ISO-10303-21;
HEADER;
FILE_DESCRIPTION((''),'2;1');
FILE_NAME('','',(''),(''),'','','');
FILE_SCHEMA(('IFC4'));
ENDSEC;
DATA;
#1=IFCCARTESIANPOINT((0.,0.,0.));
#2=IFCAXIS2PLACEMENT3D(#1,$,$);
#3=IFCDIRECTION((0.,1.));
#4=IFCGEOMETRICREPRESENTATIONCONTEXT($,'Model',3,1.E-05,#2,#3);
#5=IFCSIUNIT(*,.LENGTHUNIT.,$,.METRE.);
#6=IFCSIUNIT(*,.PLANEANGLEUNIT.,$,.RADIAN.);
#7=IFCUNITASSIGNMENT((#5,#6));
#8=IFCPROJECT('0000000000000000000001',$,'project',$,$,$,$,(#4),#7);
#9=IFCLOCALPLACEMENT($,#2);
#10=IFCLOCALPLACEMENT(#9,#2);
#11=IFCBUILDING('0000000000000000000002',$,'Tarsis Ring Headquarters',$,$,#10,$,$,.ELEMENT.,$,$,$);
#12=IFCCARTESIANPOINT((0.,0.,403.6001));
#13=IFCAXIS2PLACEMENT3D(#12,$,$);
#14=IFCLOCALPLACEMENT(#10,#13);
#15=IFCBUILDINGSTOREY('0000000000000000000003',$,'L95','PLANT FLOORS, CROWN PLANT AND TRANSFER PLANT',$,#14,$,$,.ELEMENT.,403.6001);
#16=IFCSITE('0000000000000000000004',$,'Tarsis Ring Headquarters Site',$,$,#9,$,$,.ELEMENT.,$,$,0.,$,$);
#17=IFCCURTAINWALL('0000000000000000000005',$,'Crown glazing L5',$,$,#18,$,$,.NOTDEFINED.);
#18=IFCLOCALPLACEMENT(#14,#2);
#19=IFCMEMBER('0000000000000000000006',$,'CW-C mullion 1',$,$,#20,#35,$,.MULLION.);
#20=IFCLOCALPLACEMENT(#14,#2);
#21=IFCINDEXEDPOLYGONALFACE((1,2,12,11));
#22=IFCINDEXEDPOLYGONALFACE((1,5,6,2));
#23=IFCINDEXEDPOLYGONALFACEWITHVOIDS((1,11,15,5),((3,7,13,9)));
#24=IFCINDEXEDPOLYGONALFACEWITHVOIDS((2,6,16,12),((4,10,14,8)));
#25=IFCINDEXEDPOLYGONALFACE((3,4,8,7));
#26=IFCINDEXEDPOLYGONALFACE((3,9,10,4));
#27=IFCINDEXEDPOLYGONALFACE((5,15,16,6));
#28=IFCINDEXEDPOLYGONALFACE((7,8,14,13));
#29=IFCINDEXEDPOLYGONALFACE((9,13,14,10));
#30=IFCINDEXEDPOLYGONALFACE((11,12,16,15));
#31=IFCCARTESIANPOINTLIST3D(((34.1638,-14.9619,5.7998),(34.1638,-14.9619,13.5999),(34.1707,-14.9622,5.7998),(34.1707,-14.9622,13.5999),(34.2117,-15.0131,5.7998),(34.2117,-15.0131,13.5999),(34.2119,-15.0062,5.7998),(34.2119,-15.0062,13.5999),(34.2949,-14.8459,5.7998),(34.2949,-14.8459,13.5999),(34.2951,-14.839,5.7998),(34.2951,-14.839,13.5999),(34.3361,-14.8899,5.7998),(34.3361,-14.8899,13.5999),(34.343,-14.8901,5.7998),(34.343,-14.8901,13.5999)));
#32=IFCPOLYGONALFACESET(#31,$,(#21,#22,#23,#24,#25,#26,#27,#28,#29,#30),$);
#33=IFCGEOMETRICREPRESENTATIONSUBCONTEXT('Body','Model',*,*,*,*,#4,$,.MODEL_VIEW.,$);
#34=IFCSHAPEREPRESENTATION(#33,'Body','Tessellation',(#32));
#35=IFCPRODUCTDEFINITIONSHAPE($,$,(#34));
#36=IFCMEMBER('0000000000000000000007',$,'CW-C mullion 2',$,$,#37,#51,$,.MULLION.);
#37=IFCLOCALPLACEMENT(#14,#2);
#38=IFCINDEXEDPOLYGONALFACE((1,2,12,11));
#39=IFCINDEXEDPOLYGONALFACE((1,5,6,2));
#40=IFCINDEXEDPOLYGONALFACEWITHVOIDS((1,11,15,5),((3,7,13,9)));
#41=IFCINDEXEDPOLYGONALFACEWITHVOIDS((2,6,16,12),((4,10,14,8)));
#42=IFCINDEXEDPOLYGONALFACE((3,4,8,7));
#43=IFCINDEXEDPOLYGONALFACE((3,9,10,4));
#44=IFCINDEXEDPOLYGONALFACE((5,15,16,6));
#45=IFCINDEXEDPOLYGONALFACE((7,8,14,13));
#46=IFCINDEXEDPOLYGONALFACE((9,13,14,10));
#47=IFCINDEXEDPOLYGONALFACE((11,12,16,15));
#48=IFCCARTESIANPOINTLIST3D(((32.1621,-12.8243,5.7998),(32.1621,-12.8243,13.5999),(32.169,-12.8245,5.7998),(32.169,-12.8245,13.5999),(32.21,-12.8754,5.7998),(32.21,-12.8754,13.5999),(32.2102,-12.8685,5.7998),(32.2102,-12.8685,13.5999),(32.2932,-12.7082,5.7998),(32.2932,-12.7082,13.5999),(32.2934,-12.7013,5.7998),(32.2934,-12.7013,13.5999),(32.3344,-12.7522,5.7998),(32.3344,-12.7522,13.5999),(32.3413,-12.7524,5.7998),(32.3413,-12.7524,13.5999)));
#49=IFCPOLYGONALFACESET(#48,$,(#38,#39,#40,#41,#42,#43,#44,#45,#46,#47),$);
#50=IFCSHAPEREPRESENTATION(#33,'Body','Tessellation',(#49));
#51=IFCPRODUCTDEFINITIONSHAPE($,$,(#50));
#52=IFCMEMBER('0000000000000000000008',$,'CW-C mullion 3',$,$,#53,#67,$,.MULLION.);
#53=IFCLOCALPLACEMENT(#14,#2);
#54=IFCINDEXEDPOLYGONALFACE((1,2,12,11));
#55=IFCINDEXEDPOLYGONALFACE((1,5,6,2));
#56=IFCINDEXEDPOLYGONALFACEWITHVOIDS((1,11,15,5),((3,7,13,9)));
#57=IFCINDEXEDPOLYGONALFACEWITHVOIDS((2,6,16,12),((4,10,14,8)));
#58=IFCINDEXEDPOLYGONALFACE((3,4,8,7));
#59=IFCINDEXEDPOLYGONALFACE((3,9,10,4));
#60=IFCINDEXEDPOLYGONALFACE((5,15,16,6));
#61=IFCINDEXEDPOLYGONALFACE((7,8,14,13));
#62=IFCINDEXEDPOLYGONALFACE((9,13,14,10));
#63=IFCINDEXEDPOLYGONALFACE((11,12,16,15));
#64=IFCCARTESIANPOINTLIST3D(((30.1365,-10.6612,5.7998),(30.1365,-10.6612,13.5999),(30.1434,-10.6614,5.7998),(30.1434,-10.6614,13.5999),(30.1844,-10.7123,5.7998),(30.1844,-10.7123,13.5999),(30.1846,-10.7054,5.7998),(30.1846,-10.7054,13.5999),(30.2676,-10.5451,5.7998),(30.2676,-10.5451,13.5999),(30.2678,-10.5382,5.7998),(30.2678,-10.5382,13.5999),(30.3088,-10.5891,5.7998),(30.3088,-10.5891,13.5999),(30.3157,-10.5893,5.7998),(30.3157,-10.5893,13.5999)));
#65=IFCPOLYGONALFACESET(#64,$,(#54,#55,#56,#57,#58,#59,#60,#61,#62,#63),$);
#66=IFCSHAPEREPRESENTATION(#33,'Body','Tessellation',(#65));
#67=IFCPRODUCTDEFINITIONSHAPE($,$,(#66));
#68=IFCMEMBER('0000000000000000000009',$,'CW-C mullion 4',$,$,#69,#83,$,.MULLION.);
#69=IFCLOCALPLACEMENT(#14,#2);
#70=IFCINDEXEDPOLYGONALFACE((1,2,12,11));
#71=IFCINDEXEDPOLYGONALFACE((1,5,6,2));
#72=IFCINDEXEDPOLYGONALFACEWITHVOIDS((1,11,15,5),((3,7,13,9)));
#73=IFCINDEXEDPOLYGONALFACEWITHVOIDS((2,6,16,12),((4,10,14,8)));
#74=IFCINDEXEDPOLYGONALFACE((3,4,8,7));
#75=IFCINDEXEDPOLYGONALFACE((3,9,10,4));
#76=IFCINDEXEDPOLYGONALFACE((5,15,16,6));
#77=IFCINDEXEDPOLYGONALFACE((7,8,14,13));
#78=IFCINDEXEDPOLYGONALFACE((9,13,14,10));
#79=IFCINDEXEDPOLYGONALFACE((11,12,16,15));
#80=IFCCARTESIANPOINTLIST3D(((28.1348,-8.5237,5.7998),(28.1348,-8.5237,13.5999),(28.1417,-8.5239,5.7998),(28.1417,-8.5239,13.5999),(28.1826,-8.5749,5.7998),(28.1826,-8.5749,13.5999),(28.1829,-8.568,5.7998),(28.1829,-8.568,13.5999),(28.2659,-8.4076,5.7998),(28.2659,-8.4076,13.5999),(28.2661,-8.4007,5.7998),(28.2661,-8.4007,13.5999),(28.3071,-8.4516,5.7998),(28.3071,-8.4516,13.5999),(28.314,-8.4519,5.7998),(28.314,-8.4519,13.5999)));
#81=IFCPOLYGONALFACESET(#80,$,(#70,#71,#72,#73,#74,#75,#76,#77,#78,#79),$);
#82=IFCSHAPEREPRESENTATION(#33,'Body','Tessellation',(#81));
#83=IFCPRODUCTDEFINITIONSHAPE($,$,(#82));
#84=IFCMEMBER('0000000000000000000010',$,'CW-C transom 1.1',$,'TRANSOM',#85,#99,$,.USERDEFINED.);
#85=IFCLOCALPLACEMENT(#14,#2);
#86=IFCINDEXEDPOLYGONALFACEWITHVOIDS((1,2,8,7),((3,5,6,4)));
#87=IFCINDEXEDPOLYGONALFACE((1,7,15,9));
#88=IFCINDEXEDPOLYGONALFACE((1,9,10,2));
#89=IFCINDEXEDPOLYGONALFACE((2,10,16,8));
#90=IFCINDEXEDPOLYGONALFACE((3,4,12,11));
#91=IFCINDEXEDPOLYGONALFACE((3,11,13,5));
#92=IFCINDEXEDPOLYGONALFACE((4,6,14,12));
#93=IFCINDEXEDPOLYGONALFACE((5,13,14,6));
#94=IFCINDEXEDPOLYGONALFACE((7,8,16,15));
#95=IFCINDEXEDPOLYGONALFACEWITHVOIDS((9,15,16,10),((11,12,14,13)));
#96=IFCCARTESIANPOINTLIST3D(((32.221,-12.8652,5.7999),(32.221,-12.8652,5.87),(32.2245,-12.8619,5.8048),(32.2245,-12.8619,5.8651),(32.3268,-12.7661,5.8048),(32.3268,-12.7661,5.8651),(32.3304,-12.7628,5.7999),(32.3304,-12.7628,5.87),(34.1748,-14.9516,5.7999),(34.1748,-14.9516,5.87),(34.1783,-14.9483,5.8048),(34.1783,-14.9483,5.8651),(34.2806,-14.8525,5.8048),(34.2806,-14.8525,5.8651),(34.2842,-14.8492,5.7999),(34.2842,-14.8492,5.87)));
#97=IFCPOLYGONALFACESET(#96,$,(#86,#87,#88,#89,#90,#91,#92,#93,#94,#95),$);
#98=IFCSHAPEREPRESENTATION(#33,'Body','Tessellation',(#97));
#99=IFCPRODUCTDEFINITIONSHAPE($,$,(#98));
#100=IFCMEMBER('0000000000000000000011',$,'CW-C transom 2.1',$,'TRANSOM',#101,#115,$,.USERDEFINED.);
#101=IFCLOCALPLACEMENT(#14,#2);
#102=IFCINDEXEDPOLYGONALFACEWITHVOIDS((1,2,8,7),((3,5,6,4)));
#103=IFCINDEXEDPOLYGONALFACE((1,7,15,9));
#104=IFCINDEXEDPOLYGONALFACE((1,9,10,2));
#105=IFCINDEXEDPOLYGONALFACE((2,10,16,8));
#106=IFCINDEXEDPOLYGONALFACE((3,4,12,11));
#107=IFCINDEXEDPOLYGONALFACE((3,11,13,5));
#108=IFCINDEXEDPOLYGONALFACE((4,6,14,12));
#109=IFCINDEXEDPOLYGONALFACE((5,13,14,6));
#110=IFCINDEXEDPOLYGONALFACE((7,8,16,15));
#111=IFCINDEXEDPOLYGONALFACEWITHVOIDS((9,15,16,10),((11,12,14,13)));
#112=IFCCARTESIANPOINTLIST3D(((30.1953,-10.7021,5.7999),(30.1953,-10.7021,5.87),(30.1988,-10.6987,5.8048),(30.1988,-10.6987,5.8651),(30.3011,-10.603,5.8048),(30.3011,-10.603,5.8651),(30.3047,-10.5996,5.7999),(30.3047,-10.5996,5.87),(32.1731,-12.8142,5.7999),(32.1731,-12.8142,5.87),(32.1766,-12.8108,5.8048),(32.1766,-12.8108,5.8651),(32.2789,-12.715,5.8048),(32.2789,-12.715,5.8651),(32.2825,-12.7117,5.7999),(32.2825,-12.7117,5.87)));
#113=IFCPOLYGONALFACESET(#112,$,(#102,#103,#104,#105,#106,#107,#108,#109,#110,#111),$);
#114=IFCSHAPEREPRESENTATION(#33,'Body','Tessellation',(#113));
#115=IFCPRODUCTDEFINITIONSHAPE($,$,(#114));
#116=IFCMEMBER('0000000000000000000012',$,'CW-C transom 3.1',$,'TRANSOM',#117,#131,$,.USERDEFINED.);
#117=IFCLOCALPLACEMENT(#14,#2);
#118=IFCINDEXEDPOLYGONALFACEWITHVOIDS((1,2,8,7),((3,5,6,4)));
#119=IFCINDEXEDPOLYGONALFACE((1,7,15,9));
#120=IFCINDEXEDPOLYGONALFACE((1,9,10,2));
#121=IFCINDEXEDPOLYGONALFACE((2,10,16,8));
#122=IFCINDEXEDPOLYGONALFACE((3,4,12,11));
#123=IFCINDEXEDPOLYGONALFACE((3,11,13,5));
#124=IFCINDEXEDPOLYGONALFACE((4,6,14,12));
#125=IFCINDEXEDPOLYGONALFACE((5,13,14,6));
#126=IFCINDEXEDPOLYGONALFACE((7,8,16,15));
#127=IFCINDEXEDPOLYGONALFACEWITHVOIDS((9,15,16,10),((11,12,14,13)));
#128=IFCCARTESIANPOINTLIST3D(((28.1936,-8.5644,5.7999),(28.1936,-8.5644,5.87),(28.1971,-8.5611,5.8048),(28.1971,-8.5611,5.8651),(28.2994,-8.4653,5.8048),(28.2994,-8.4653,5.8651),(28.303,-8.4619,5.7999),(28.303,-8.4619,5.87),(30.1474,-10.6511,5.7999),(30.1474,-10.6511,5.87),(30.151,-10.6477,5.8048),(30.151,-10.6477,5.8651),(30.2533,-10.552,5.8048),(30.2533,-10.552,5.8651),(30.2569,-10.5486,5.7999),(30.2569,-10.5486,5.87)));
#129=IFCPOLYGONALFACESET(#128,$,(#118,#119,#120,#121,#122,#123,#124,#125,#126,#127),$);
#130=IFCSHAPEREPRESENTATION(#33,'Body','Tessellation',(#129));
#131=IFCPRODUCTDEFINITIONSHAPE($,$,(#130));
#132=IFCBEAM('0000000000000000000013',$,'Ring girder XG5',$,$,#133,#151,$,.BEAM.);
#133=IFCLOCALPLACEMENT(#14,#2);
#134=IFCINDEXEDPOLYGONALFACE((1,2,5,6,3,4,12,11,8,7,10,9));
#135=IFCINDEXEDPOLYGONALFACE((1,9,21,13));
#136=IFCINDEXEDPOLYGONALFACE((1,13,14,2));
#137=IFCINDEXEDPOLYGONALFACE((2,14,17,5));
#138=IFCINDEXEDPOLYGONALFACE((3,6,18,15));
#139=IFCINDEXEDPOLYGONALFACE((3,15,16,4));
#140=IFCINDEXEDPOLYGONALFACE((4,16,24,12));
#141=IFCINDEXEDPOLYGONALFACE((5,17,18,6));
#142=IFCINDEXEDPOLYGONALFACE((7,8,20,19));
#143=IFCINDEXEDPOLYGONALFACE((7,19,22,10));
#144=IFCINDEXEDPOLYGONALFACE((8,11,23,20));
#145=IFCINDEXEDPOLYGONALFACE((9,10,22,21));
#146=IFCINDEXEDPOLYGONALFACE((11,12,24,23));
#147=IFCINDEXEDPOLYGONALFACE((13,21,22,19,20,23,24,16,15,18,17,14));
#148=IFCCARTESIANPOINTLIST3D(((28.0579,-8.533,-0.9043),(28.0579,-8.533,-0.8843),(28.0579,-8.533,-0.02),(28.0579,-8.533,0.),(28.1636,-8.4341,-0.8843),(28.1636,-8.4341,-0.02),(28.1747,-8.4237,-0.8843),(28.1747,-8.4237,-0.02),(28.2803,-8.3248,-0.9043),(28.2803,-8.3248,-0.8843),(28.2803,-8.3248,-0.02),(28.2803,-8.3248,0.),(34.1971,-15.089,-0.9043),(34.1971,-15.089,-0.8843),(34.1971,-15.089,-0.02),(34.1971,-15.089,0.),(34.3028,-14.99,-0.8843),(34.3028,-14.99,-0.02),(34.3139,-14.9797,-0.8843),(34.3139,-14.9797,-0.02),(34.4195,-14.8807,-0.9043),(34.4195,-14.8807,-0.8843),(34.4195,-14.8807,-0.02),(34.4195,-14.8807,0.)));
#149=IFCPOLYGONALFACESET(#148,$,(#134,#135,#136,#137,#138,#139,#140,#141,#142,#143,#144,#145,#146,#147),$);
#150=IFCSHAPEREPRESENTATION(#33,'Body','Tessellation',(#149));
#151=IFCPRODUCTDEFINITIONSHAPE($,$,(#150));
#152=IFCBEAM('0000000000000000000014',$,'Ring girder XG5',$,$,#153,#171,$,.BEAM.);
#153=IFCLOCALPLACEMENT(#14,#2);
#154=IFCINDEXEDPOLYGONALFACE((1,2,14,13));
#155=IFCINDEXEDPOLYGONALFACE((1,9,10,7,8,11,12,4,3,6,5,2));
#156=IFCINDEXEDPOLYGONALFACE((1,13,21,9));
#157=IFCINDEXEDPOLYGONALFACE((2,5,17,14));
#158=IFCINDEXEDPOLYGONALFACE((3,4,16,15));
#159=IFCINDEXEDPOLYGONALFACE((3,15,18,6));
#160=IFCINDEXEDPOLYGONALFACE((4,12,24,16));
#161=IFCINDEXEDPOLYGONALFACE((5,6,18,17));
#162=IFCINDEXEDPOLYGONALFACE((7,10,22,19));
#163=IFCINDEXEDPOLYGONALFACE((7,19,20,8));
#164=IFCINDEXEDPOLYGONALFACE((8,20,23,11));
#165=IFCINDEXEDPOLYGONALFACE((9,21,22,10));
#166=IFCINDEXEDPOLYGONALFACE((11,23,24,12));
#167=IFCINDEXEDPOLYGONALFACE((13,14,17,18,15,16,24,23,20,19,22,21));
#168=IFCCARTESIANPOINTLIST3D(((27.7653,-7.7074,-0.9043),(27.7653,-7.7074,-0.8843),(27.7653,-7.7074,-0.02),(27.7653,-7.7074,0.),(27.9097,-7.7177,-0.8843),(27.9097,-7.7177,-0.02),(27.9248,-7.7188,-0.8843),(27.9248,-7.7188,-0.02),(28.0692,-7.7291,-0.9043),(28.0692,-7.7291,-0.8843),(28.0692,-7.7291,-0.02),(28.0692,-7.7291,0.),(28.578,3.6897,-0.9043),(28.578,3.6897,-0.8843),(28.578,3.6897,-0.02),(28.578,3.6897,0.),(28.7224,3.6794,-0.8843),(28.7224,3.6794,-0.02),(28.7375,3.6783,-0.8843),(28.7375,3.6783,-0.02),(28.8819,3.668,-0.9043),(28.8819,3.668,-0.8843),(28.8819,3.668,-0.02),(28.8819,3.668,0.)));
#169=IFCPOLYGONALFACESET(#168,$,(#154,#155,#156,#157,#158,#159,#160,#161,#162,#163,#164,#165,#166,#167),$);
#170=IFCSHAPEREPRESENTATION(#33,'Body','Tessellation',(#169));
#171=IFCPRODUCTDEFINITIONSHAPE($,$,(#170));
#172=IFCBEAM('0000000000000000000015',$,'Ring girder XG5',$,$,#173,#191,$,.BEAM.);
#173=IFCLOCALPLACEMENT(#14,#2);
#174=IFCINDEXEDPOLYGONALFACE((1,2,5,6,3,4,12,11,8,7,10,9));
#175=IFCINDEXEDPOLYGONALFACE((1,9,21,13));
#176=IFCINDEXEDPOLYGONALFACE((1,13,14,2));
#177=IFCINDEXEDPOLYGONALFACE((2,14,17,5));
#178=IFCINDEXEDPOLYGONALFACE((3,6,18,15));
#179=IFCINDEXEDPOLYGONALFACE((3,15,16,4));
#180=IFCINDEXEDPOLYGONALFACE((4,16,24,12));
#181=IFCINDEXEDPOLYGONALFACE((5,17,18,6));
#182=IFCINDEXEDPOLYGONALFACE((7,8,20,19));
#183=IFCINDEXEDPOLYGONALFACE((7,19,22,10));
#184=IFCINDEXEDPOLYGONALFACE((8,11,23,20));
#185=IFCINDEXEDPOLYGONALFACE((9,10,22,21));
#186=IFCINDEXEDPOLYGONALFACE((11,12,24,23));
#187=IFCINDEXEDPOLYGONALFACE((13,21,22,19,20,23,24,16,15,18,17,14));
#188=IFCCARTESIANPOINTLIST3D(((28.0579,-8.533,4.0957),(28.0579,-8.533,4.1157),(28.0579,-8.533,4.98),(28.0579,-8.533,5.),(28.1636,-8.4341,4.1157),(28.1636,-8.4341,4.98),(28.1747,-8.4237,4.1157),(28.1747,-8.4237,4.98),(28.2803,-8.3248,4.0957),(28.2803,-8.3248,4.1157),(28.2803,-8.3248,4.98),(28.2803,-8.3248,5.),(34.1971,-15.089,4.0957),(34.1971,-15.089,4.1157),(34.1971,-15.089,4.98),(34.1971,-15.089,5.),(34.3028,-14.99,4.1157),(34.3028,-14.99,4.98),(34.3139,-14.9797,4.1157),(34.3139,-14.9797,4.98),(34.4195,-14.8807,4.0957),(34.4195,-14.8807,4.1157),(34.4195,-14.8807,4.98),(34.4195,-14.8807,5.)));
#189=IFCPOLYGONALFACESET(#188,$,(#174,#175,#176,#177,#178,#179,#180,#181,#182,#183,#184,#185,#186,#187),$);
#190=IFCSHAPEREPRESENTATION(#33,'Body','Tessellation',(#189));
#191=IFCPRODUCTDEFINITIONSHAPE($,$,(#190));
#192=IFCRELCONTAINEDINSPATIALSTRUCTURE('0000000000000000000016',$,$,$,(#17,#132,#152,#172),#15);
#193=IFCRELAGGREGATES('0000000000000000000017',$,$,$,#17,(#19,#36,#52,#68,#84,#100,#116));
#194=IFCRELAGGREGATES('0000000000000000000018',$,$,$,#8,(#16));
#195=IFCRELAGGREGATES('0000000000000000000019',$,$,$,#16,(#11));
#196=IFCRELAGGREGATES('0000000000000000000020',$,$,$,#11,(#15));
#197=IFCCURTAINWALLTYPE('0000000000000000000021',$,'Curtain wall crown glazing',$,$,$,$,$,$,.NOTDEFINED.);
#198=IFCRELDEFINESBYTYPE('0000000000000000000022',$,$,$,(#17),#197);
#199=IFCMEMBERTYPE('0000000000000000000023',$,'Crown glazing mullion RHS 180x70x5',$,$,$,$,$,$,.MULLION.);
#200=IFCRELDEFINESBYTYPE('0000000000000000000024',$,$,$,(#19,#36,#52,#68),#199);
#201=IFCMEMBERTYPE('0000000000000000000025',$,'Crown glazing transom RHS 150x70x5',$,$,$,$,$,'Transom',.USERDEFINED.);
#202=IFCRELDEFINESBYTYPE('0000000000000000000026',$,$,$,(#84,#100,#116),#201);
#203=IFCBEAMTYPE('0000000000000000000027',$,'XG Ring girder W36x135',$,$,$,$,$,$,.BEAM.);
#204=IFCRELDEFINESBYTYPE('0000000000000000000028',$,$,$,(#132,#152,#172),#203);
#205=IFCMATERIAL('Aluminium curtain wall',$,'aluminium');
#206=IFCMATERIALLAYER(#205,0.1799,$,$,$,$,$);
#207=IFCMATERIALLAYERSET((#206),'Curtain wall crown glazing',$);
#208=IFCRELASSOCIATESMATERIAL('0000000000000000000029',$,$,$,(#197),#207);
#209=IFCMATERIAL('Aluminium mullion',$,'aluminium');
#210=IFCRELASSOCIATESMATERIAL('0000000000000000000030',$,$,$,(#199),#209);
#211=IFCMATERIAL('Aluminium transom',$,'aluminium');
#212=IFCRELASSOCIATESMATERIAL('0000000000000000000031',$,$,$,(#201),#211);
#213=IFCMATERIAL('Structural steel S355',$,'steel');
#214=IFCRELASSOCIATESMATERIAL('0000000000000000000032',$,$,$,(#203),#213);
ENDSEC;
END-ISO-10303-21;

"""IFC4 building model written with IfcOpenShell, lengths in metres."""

from ifc_helpers import new_model, si_unit, direction, frame, origin, origin_2d, place, context, subcontext, project, spatial, hollow_rectangle, i_section, extrude, material, layer, layer_set, material_profile, profile_set, type_object, element, aggregate, save


model = new_model("IFC4")

# Units and contexts
model_context = context("Model", 3, precision=1e-05, world=origin(), true_north=direction((0.0, 1.0)))
body_context = subcontext(model_context, "Body", "Model", "MODEL_VIEW")
ifc_project = project(units=[si_unit("LENGTHUNIT", "METRE"), si_unit("PLANEANGLEUNIT", "RADIAN")], contexts=[model_context])

# Site, building, storey
site_placement = place(None, origin())
site = spatial("IfcSite", under=ifc_project, at=site_placement, Name="Tarsis Ring Headquarters Site", CompositionType="ELEMENT", RefElevation=0.0)
building_placement = place(site_placement, origin())
building = spatial("IfcBuilding", under=site, at=building_placement, Name="Tarsis Ring Headquarters", CompositionType="ELEMENT")
storey_placement = place(building_placement, frame((0.0, 0.0, 403.6001)))
storey = spatial("IfcBuildingStorey", under=building, at=storey_placement, Name="L95", Description="PLANT FLOORS, CROWN PLANT AND TRANSFER PLANT", CompositionType="ELEMENT", Elevation=403.6001)

# Shared definitions
ifc_material_1 = material(Name="Structural steel S355", Category="steel")

# Curtain wall, members
ifc_material_2 = material(Name="Aluminium curtain wall", Category="aluminium")
ifc_layer_1 = layer(ifc_material_2, 0.1799)
ifc_layer_set_1 = layer_set([ifc_layer_1], Name="Curtain wall crown glazing")
curtain_wall_type = type_object("IfcCurtainWallType", Name="Curtain wall crown glazing", PredefinedType="NOTDEFINED", material=ifc_layer_set_1)
curtain_wall_placement = place(storey_placement, origin())
curtain_wall = element("IfcCurtainWall", 1, at=curtain_wall_placement, inside=storey, type_object=curtain_wall_type, Name="Crown glazing L5", PredefinedType="NOTDEFINED")
ifc_material_3 = material(Name="Aluminium mullion", Category="aluminium")
ifc_material_profile_1 = material_profile(ifc_material_3, hollow_rectangle(XDim=0.1799, YDim=0.0701, WallThickness=0.0049, at=origin_2d()), Name="RHS 180x70x5")
ifc_profile_set_1 = profile_set([ifc_material_profile_1], Name="Aluminium mullion")
member_type_1 = type_object("IfcMemberType", Name="Crown glazing mullion RHS 180x70x5", PredefinedType="MULLION", material=ifc_profile_set_1)
member_1_placement = place(storey_placement, frame((34.2534, -14.926, 5.7998), z_axis=(0.0, 0.0, 1.0), x_axis=(-0.729924, -0.683529, 0.0)))
member_1 = element("IfcMember", 2, at=member_1_placement, type_object=member_type_1, Name="CW-C mullion 1", PredefinedType="MULLION", context=body_context, shape_type="SweptSolid", body=[
    extrude(hollow_rectangle(XDim=0.1799, YDim=0.0701, WallThickness=0.0049, at=origin_2d()), origin(), (0.0, 0.0, 1.0), 7.8),
])
member_2_placement = place(storey_placement, frame((32.2517, -12.7883, 5.7998), z_axis=(0.0, 0.0, 1.0), x_axis=(-0.729924, -0.683529, 0.0)))
member_2 = element("IfcMember", 3, at=member_2_placement, type_object=member_type_1, Name="CW-C mullion 2", PredefinedType="MULLION", context=body_context, shape_type="SweptSolid", body=[
    extrude(hollow_rectangle(XDim=0.1799, YDim=0.0701, WallThickness=0.0049, at=origin_2d()), origin(), (0.0, 0.0, 1.0), 7.8),
])
member_3_placement = place(storey_placement, frame((30.2261, -10.6252, 5.7998), z_axis=(0.0, 0.0, 1.0), x_axis=(-0.729924, -0.683529, 0.0)))
member_3 = element("IfcMember", 4, at=member_3_placement, type_object=member_type_1, Name="CW-C mullion 3", PredefinedType="MULLION", context=body_context, shape_type="SweptSolid", body=[
    extrude(hollow_rectangle(XDim=0.1799, YDim=0.0701, WallThickness=0.0049, at=origin_2d()), origin(), (0.0, 0.0, 1.0), 7.8),
])
member_4_placement = place(storey_placement, frame((28.2244, -8.4878, 5.7998), z_axis=(0.0, 0.0, 1.0), x_axis=(-0.729924, -0.683529, 0.0)))
member_4 = element("IfcMember", 5, at=member_4_placement, type_object=member_type_1, Name="CW-C mullion 4", PredefinedType="MULLION", context=body_context, shape_type="SweptSolid", body=[
    extrude(hollow_rectangle(XDim=0.1799, YDim=0.0701, WallThickness=0.0049, at=origin_2d()), origin(), (0.0, 0.0, 1.0), 7.8),
])
ifc_material_4 = material(Name="Aluminium transom", Category="aluminium")
ifc_material_profile_2 = material_profile(ifc_material_4, hollow_rectangle(XDim=0.1499, YDim=0.0701, WallThickness=0.0049, at=origin_2d()), Name="RHS 150x70x5")
ifc_profile_set_2 = profile_set([ifc_material_profile_2], Name="Aluminium transom")
member_type_2 = type_object("IfcMemberType", Name="Crown glazing transom RHS 150x70x5", ElementType="Transom", PredefinedType="USERDEFINED", material=ifc_profile_set_2)
member_5_placement = place(storey_placement, frame((34.2295, -14.9004, 5.835), z_axis=(-0.683538, 0.729915, 0.0), x_axis=(-0.729915, -0.683538, 0.0)))
member_5 = element("IfcMember", 6, at=member_5_placement, type_object=member_type_2, Name="CW-C transom 1.1", ObjectType="TRANSOM", PredefinedType="USERDEFINED", context=body_context, shape_type="SweptSolid", body=[
    extrude(hollow_rectangle(XDim=0.1499, YDim=0.0701, WallThickness=0.0049, at=origin_2d()), origin(), (0.0, 0.0, 1.0), 2.8584),
])
member_6_placement = place(storey_placement, frame((32.2278, -12.7629, 5.835), z_axis=(-0.683523, 0.729929, 0.0), x_axis=(-0.729929, -0.683523, 0.0)))
member_6 = element("IfcMember", 7, at=member_6_placement, type_object=member_type_2, Name="CW-C transom 2.1", ObjectType="TRANSOM", PredefinedType="USERDEFINED", context=body_context, shape_type="SweptSolid", body=[
    extrude(hollow_rectangle(XDim=0.1499, YDim=0.0701, WallThickness=0.0049, at=origin_2d()), origin(), (0.0, 0.0, 1.0), 2.8936),
])
member_7_placement = place(storey_placement, frame((30.2021, -10.5999, 5.835), z_axis=(-0.683495, 0.729955, 0.0), x_axis=(-0.729955, -0.683495, 0.0)))
member_7 = element("IfcMember", 8, at=member_7_placement, type_object=member_type_2, Name="CW-C transom 3.1", ObjectType="TRANSOM", PredefinedType="USERDEFINED", context=body_context, shape_type="SweptSolid", body=[
    extrude(hollow_rectangle(XDim=0.1499, YDim=0.0701, WallThickness=0.0049, at=origin_2d()), origin(), (0.0, 0.0, 1.0), 2.8586),
])

# Beams
ifc_material_profile_3 = material_profile(ifc_material_1, i_section(OverallWidth=0.3047, OverallDepth=0.9043, WebThickness=0.0151, FlangeThickness=0.02, at=origin_2d()), Name="W36x135")
ifc_profile_set_3 = profile_set([ifc_material_profile_3], Name="Structural steel S355")
beam_type_1 = type_object("IfcBeamType", Name="XG Ring girder W36x135", PredefinedType="BEAM", material=ifc_profile_set_3)
beam_1_placement = place(storey_placement, frame((34.3083, -14.9849, -0.4521), z_axis=(-0.683526, 0.729926, 0.0), x_axis=(-0.729926, -0.683526, 0.0)))
element("IfcBeam", 9, at=beam_1_placement, inside=storey, type_object=beam_type_1, Name="Ring girder XG5", PredefinedType="BEAM", context=body_context, shape_type="SweptSolid", body=[
    extrude(i_section(OverallWidth=0.3047, OverallDepth=0.9043, WebThickness=0.0151, FlangeThickness=0.02, at=origin_2d()), origin(), (0.0, 0.0, 1.0), 8.9817),
])
beam_2_placement = place(storey_placement, frame((27.9172, -7.7183, -0.4521), z_axis=(0.071132, 0.997467, 0.0), x_axis=(-0.997467, 0.071132, 0.0)))
element("IfcBeam", 10, at=beam_2_placement, inside=storey, type_object=beam_type_1, Name="Ring girder XG5", PredefinedType="BEAM", context=body_context, shape_type="SweptSolid", body=[
    extrude(i_section(OverallWidth=0.3047, OverallDepth=0.9043, WebThickness=0.0151, FlangeThickness=0.02, at=origin_2d()), origin(), (0.0, 0.0, 1.0), 11.426),
])
beam_3_placement = place(storey_placement, frame((34.3083, -14.9849, 4.5479), z_axis=(-0.683526, 0.729926, 0.0), x_axis=(-0.729926, -0.683526, 0.0)))
element("IfcBeam", 11, at=beam_3_placement, inside=storey, type_object=beam_type_1, Name="Ring girder XG5", PredefinedType="BEAM", context=body_context, shape_type="SweptSolid", body=[
    extrude(i_section(OverallWidth=0.3047, OverallDepth=0.9043, WebThickness=0.0151, FlangeThickness=0.02, at=origin_2d()), origin(), (0.0, 0.0, 1.0), 8.9817),
])

aggregate(curtain_wall, [member_1, member_2, member_3, member_4, member_5, member_6, member_7])

save(model, "model.ifc")
